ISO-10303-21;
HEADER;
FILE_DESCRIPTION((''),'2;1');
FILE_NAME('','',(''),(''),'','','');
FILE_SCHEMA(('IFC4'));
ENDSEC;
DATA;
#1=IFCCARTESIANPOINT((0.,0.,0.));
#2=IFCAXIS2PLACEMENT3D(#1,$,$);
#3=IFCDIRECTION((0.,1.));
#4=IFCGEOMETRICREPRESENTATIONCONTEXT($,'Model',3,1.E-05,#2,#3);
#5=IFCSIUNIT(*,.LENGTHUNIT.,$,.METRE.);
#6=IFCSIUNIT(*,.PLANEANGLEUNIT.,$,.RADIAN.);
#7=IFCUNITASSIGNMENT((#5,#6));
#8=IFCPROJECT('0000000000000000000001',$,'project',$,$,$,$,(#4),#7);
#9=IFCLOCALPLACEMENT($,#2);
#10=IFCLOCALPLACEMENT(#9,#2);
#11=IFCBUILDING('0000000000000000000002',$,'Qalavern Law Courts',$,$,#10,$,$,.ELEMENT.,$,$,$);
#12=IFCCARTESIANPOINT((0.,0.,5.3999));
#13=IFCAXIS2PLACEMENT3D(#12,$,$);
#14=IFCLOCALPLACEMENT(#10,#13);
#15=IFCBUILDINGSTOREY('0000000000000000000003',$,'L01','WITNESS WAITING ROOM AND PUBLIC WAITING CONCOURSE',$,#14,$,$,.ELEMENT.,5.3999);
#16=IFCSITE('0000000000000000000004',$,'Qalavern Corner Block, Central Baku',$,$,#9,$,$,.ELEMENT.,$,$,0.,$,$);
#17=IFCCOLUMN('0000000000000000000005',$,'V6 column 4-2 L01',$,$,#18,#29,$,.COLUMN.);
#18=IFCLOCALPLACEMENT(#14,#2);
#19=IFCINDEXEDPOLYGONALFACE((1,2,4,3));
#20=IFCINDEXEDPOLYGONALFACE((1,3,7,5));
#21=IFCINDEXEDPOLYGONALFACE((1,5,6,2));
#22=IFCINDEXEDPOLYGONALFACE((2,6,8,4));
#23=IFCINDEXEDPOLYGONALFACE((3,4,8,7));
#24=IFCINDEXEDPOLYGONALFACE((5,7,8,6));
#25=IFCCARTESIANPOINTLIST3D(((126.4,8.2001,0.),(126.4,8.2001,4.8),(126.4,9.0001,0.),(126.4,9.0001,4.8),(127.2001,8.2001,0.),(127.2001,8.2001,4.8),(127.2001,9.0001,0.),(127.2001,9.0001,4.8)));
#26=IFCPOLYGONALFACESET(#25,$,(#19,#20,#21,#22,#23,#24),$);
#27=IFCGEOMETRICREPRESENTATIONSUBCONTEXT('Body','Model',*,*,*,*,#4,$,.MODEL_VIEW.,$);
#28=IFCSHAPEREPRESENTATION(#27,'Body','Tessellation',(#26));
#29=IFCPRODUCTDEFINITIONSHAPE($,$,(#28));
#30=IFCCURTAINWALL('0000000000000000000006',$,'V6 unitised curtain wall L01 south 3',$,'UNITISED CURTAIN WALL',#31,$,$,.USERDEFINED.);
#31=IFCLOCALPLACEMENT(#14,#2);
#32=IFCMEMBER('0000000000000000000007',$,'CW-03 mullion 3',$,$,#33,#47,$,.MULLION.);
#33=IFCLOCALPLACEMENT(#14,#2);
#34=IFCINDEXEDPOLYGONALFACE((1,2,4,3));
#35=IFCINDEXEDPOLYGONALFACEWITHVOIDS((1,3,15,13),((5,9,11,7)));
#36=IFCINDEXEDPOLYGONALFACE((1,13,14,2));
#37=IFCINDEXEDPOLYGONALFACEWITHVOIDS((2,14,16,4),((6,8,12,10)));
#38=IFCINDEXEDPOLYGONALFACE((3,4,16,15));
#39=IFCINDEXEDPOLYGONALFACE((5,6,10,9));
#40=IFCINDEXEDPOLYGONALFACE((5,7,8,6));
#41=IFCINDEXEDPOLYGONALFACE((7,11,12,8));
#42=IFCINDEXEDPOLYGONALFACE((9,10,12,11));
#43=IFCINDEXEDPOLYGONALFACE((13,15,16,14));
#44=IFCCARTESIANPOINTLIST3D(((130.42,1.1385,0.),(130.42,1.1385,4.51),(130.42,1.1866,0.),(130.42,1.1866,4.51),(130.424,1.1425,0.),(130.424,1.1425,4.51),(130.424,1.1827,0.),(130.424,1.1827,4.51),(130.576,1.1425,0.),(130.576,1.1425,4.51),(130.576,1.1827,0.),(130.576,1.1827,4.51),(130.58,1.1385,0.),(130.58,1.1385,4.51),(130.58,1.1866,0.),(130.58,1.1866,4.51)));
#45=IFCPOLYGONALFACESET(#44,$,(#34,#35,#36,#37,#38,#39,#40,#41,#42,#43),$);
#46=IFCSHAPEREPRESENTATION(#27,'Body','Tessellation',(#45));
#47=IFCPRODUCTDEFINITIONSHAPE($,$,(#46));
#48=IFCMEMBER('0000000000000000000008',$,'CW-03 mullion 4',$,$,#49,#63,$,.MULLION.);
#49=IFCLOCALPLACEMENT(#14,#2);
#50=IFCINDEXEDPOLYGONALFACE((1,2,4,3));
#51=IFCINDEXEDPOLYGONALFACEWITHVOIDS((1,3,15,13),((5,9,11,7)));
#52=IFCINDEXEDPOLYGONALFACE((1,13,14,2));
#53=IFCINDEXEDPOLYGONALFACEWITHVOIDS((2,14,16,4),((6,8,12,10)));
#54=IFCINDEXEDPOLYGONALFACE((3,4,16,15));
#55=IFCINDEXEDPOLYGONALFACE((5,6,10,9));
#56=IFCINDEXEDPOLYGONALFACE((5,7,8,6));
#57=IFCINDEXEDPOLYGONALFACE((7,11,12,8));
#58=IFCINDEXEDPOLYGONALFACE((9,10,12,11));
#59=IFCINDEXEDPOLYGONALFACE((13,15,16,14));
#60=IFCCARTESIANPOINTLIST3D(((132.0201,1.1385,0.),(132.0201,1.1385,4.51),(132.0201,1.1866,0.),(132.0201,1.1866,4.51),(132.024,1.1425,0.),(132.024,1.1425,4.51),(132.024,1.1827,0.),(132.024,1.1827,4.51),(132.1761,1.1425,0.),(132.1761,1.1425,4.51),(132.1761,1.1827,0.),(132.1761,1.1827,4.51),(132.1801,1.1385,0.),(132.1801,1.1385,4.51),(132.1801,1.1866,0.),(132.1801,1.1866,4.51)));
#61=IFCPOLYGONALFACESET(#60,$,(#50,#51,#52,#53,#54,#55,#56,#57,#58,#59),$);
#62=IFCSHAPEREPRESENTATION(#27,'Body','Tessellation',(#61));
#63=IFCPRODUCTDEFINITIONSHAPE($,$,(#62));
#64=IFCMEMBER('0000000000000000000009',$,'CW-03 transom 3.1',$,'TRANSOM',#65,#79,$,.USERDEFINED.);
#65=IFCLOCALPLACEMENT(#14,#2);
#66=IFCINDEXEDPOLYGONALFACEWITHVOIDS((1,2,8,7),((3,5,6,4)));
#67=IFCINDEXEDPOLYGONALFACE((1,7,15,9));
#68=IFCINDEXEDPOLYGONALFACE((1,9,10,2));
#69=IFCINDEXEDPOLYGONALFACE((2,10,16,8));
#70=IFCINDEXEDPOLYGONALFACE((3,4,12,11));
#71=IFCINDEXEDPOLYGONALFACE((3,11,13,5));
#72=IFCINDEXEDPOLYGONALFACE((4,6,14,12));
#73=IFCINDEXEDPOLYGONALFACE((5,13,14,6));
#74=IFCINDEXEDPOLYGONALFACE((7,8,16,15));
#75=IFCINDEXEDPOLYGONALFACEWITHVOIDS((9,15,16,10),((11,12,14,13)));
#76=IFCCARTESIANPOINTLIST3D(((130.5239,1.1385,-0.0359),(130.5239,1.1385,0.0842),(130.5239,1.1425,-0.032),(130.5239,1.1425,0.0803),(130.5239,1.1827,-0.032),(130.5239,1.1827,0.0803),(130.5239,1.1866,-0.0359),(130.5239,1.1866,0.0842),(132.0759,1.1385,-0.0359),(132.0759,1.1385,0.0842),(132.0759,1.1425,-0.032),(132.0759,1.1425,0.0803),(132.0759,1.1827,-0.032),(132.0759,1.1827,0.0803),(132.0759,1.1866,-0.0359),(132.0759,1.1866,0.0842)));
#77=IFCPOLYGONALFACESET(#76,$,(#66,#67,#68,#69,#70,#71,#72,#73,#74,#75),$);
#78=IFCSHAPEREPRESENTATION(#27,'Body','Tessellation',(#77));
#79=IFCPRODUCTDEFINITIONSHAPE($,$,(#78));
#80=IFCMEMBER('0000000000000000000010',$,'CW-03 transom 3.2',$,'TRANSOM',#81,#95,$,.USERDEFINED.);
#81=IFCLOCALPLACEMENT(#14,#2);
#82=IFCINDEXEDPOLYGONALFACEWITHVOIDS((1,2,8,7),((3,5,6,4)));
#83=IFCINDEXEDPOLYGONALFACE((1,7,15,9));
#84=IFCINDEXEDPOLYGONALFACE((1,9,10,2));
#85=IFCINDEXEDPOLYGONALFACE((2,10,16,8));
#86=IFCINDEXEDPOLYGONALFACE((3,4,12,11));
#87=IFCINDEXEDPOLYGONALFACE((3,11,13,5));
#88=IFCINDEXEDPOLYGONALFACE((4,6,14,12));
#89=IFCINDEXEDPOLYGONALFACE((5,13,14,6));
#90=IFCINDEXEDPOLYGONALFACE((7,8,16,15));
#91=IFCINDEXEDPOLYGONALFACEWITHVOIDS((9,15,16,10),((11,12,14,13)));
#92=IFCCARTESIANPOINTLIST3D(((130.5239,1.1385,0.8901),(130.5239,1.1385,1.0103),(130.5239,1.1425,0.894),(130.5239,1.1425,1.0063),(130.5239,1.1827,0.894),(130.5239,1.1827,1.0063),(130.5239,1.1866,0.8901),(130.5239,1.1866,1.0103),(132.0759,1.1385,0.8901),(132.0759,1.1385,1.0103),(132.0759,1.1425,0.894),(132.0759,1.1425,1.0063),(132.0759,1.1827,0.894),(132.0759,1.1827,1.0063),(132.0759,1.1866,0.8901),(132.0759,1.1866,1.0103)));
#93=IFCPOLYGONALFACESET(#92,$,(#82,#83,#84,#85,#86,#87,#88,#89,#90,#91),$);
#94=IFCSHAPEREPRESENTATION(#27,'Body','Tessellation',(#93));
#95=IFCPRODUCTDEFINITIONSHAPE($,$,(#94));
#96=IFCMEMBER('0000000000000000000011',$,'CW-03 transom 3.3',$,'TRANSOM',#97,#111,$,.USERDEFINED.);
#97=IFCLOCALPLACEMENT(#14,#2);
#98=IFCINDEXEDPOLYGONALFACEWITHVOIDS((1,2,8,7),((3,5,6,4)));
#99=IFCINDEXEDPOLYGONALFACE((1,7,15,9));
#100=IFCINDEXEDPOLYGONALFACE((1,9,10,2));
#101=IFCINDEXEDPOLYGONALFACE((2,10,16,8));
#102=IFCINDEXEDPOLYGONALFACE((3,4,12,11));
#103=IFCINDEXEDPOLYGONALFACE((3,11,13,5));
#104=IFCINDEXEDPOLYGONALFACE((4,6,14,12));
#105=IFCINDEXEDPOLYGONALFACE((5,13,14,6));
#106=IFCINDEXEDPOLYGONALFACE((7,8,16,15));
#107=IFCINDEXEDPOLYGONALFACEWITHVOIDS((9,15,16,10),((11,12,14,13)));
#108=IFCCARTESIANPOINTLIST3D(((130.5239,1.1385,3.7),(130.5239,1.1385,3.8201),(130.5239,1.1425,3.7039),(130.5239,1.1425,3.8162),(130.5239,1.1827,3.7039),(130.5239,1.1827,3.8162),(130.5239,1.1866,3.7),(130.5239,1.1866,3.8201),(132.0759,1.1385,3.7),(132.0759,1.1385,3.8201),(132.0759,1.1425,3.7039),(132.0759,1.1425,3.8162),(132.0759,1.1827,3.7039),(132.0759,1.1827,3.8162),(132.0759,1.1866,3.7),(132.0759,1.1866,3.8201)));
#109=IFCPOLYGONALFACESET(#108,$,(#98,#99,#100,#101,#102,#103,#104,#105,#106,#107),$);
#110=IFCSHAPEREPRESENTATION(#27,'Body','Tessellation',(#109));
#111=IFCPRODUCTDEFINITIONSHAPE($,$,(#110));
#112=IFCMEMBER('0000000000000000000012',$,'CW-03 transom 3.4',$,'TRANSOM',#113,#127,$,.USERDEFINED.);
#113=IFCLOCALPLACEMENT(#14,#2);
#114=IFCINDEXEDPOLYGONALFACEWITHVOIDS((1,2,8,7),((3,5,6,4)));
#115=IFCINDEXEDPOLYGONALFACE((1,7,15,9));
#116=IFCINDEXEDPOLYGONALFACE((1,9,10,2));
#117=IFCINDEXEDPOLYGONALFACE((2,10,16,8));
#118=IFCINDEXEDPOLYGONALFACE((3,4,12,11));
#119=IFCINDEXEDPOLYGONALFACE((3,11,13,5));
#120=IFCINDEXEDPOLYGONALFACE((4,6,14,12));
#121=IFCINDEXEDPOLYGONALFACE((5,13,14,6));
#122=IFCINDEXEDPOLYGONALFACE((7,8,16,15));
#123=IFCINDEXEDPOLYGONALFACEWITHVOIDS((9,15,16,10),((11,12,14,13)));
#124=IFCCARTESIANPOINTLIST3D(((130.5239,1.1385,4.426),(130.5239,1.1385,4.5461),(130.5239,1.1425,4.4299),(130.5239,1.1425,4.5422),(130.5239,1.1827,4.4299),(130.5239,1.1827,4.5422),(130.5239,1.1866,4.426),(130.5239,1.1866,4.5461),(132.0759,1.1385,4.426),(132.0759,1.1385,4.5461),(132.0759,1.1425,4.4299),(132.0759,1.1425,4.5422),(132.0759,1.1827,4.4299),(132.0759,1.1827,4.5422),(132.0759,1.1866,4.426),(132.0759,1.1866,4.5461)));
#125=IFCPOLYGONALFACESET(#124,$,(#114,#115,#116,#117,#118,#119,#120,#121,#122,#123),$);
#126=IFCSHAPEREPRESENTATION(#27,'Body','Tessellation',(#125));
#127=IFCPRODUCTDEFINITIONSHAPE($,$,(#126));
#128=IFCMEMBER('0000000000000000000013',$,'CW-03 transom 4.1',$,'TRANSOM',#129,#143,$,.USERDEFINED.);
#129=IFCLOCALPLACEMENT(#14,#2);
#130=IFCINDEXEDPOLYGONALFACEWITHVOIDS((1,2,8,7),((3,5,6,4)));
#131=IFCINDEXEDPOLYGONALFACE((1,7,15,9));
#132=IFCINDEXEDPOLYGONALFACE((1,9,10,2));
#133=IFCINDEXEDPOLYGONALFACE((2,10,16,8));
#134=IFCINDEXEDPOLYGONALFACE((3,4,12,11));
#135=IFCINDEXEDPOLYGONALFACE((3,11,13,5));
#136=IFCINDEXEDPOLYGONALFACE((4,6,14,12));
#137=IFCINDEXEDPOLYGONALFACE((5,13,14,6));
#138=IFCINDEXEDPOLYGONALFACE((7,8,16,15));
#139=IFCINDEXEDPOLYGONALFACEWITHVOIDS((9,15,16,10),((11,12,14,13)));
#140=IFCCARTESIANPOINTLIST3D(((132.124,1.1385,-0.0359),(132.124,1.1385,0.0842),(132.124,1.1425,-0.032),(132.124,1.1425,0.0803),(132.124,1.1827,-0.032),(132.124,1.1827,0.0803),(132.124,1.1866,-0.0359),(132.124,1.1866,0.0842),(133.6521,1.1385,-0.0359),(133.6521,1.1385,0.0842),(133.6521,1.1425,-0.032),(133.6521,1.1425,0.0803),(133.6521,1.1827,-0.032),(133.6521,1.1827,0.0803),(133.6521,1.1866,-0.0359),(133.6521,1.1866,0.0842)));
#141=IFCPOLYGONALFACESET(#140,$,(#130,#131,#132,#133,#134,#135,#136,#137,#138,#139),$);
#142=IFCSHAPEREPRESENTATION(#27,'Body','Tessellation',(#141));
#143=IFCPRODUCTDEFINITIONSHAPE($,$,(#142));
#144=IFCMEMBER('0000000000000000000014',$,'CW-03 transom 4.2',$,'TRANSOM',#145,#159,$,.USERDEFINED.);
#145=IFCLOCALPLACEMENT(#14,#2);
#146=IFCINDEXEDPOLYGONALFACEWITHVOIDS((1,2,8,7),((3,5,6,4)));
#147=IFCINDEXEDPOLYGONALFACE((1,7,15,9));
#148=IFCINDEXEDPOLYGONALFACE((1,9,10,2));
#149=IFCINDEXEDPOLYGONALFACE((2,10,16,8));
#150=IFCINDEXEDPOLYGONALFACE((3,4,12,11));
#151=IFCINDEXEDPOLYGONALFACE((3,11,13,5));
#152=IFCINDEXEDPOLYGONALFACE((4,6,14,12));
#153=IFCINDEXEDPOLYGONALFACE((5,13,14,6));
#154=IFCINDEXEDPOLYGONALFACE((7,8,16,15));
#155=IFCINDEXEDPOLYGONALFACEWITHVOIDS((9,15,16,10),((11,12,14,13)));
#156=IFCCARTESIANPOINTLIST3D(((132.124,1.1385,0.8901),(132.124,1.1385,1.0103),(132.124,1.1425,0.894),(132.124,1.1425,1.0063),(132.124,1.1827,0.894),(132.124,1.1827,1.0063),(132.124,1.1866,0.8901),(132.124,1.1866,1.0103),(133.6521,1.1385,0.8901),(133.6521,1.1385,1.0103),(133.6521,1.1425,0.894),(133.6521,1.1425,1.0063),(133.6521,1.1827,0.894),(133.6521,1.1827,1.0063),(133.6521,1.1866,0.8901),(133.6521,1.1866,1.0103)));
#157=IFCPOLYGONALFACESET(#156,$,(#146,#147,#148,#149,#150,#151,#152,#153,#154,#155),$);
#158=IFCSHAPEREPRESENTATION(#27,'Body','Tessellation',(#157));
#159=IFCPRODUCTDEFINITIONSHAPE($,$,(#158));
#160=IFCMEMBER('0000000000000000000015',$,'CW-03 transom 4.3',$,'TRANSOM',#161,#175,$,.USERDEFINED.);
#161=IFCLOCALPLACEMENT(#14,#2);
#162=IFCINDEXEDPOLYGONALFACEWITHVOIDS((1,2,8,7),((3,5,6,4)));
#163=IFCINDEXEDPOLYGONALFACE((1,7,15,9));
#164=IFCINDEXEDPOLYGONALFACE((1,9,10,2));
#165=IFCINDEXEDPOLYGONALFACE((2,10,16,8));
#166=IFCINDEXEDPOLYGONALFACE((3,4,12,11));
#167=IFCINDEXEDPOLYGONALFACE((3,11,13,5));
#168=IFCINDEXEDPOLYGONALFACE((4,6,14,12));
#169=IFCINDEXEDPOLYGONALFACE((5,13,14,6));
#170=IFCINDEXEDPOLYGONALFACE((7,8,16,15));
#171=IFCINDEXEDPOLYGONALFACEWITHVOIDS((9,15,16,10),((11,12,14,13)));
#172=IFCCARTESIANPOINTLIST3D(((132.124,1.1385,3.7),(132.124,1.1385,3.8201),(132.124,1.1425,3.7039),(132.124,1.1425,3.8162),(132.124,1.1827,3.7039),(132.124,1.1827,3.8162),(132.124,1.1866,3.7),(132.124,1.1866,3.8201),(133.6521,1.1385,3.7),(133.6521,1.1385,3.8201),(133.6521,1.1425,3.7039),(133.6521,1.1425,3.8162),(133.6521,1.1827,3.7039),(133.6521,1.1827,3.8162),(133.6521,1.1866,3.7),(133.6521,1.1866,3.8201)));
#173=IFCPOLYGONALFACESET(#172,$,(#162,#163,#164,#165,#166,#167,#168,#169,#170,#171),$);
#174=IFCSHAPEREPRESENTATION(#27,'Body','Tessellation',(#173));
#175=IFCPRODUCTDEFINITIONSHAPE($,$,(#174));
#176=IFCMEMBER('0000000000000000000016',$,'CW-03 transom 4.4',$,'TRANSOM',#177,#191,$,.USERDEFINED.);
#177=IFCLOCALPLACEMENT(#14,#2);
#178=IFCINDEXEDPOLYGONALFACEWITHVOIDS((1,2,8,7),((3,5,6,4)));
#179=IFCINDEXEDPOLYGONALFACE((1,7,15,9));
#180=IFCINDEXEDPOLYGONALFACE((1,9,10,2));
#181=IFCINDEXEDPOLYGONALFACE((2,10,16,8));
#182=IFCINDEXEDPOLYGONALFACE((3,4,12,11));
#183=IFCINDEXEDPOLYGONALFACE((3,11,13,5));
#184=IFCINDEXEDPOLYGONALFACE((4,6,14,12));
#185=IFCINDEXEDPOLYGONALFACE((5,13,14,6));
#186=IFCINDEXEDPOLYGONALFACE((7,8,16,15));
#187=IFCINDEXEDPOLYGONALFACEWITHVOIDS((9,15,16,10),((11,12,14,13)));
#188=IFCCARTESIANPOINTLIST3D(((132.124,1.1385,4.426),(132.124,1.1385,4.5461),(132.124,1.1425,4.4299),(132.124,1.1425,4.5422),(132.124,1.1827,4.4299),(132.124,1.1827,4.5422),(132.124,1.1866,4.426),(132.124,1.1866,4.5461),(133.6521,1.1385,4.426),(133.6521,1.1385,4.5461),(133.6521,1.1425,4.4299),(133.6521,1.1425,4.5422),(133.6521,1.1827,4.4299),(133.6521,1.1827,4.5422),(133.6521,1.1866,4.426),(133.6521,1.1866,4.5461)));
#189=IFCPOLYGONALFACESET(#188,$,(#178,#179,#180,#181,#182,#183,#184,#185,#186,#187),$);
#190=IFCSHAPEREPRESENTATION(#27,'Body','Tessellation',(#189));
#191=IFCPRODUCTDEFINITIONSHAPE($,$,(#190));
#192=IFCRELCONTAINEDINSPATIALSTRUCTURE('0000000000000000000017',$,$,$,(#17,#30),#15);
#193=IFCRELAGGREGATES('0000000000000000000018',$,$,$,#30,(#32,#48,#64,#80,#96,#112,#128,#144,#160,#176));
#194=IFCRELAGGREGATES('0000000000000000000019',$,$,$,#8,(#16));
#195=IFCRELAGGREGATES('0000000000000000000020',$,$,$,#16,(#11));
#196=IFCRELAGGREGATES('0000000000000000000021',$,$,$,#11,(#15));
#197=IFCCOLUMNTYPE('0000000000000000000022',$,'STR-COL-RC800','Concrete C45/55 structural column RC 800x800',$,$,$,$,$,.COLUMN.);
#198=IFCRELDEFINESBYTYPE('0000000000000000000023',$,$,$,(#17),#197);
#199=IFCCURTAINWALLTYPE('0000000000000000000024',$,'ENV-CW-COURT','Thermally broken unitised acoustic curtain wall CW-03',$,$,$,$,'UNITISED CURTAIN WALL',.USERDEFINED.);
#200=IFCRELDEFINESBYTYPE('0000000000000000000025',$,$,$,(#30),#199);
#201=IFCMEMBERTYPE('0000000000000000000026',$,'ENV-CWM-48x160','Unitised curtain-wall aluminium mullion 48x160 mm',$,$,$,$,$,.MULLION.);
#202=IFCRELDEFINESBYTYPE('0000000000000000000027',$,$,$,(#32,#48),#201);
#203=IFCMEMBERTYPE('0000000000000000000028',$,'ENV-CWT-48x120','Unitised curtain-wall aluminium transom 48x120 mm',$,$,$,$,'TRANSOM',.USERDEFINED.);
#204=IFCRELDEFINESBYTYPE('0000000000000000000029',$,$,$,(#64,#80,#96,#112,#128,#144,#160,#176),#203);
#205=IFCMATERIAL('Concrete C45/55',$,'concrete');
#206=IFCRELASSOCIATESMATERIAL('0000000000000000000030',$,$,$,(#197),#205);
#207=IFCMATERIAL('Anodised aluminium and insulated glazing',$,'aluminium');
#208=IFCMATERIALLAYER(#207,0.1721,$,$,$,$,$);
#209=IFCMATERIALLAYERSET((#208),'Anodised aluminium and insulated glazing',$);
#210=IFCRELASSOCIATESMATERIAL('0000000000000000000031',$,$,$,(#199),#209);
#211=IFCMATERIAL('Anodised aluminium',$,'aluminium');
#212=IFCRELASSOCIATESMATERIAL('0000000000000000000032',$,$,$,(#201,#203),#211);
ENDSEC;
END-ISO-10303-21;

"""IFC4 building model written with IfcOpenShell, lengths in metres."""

from ifc_helpers import new_model, si_unit, direction, frame, origin, origin_2d, place, context, subcontext, project, spatial, rectangle, hollow_rectangle, extrude, material, layer, layer_set, material_profile, profile_set, type_object, element, aggregate, save


model = new_model("IFC4")

# Units and contexts
model_context = context("Model", 3, precision=1e-05, world=origin(), true_north=direction((0.0, 1.0)))
body_context = subcontext(model_context, "Body", "Model", "MODEL_VIEW")
ifc_project = project(units=[si_unit("LENGTHUNIT", "METRE"), si_unit("PLANEANGLEUNIT", "RADIAN")], contexts=[model_context])

# Site, building, storey
site_placement = place(None, origin())
site = spatial("IfcSite", under=ifc_project, at=site_placement, Name="Qalavern Corner Block, Central Baku", CompositionType="ELEMENT", RefElevation=0.0)
building_placement = place(site_placement, origin())
building = spatial("IfcBuilding", under=site, at=building_placement, Name="Qalavern Law Courts", CompositionType="ELEMENT")
storey_placement = place(building_placement, frame((0.0, 0.0, 5.3999)))
storey = spatial("IfcBuildingStorey", under=building, at=storey_placement, Name="L01", Description="WITNESS WAITING ROOM AND PUBLIC WAITING CONCOURSE", CompositionType="ELEMENT", Elevation=5.3999)

# Column
ifc_material_1 = material(Name="Concrete C45/55", Category="concrete")
ifc_material_profile_1 = material_profile(ifc_material_1, rectangle(XDim=0.8, YDim=0.8, at=origin_2d()), Name="RC 800x800")
ifc_profile_set_1 = profile_set([ifc_material_profile_1], Name="Concrete C45/55")
column_type = type_object("IfcColumnType", Name="STR-COL-RC800", Description="Concrete C45/55 structural column RC 800x800", PredefinedType="COLUMN", material=ifc_profile_set_1)
column_placement = place(storey_placement, frame((126.8, 8.6001, 0.0), z_axis=(0.0, 0.0, 1.0), x_axis=(1.0, 0.0, 0.0)))
element("IfcColumn", 1, at=column_placement, inside=storey, type_object=column_type, Name="V6 column 4-2 L01", PredefinedType="COLUMN", context=body_context, shape_type="SweptSolid", body=[
    extrude(rectangle(XDim=0.8, YDim=0.8, at=origin_2d()), origin(), (0.0, 0.0, 1.0), 4.8),
])

# Curtain wall, members
ifc_material_2 = material(Name="Anodised aluminium and insulated glazing", Category="aluminium")
ifc_layer_1 = layer(ifc_material_2, 0.1721)
ifc_layer_set_1 = layer_set([ifc_layer_1], Name="Anodised aluminium and insulated glazing")
curtain_wall_type = type_object("IfcCurtainWallType", Name="ENV-CW-COURT", Description="Thermally broken unitised acoustic curtain wall CW-03", ElementType="UNITISED CURTAIN WALL", PredefinedType="USERDEFINED", material=ifc_layer_set_1)
curtain_wall_placement = place(storey_placement, origin())
curtain_wall = element("IfcCurtainWall", 2, at=curtain_wall_placement, inside=storey, type_object=curtain_wall_type, Name="V6 unitised curtain wall L01 south 3", ObjectType="UNITISED CURTAIN WALL", PredefinedType="USERDEFINED")
ifc_material_3 = material(Name="Anodised aluminium", Category="aluminium")
ifc_material_profile_2 = material_profile(ifc_material_3, hollow_rectangle(XDim=0.0481, YDim=0.1599, WallThickness=0.0039, at=origin_2d()), Name="ALU MULLION 48x160")
ifc_profile_set_2 = profile_set([ifc_material_profile_2], Name="Anodised aluminium")
member_type_1 = type_object("IfcMemberType", Name="ENV-CWM-48x160", Description="Unitised curtain-wall aluminium mullion 48x160 mm", PredefinedType="MULLION", material=ifc_profile_set_2)
member_1_placement = place(storey_placement, frame((130.5, 1.1626, 0.0), z_axis=(0.0, 0.0, 1.0), x_axis=(0.0, 1.0, 0.0)))
member_1 = element("IfcMember", 3, at=member_1_placement, type_object=member_type_1, Name="CW-03 mullion 3", PredefinedType="MULLION", context=body_context, shape_type="SweptSolid", body=[
    extrude(hollow_rectangle(XDim=0.0481, YDim=0.1599, WallThickness=0.0039, at=origin_2d()), origin(), (0.0, 0.0, 1.0), 4.51),
])
member_2_placement = place(storey_placement, frame((132.1001, 1.1626, 0.0), z_axis=(0.0, 0.0, 1.0), x_axis=(0.0, 1.0, 0.0)))
member_2 = element("IfcMember", 4, at=member_2_placement, type_object=member_type_1, Name="CW-03 mullion 4", PredefinedType="MULLION", context=body_context, shape_type="SweptSolid", body=[
    extrude(hollow_rectangle(XDim=0.0481, YDim=0.1599, WallThickness=0.0039, at=origin_2d()), origin(), (0.0, 0.0, 1.0), 4.51),
])
ifc_material_profile_3 = material_profile(ifc_material_3, hollow_rectangle(XDim=0.0481, YDim=0.1201, WallThickness=0.0039, at=origin_2d()), Name="ALU TRANSOM 48x120")
ifc_profile_set_3 = profile_set([ifc_material_profile_3], Name="Anodised aluminium")
member_type_2 = type_object("IfcMemberType", Name="ENV-CWT-48x120", Description="Unitised curtain-wall aluminium transom 48x120 mm", ElementType="TRANSOM", PredefinedType="USERDEFINED", material=ifc_profile_set_3)
member_3_placement = place(storey_placement, frame((130.5239, 1.1626, 0.0242), z_axis=(1.0, 0.0, 0.0), x_axis=(0.0, 1.0, 0.0)))
member_3 = element("IfcMember", 5, at=member_3_placement, type_object=member_type_2, Name="CW-03 transom 3.1", ObjectType="TRANSOM", PredefinedType="USERDEFINED", context=body_context, shape_type="SweptSolid", body=[
    extrude(hollow_rectangle(XDim=0.0481, YDim=0.1201, WallThickness=0.0039, at=origin_2d()), origin(), (0.0, 0.0, 1.0), 1.552),
])
member_4_placement = place(storey_placement, frame((130.5239, 1.1626, 0.9502), z_axis=(1.0, 0.0, 0.0), x_axis=(0.0, 1.0, 0.0)))
member_4 = element("IfcMember", 6, at=member_4_placement, type_object=member_type_2, Name="CW-03 transom 3.2", ObjectType="TRANSOM", PredefinedType="USERDEFINED", context=body_context, shape_type="SweptSolid", body=[
    extrude(hollow_rectangle(XDim=0.0481, YDim=0.1201, WallThickness=0.0039, at=origin_2d()), origin(), (0.0, 0.0, 1.0), 1.552),
])
member_5_placement = place(storey_placement, frame((130.5239, 1.1626, 3.76), z_axis=(1.0, 0.0, 0.0), x_axis=(0.0, 1.0, 0.0)))
member_5 = element("IfcMember", 7, at=member_5_placement, type_object=member_type_2, Name="CW-03 transom 3.3", ObjectType="TRANSOM", PredefinedType="USERDEFINED", context=body_context, shape_type="SweptSolid", body=[
    extrude(hollow_rectangle(XDim=0.0481, YDim=0.1201, WallThickness=0.0039, at=origin_2d()), origin(), (0.0, 0.0, 1.0), 1.552),
])
member_6_placement = place(storey_placement, frame((130.5239, 1.1626, 4.4861), z_axis=(1.0, 0.0, 0.0), x_axis=(0.0, 1.0, 0.0)))
member_6 = element("IfcMember", 8, at=member_6_placement, type_object=member_type_2, Name="CW-03 transom 3.4", ObjectType="TRANSOM", PredefinedType="USERDEFINED", context=body_context, shape_type="SweptSolid", body=[
    extrude(hollow_rectangle(XDim=0.0481, YDim=0.1201, WallThickness=0.0039, at=origin_2d()), origin(), (0.0, 0.0, 1.0), 1.552),
])
member_7_placement = place(storey_placement, frame((132.124, 1.1626, 0.0242), z_axis=(1.0, 0.0, 0.0), x_axis=(0.0, 1.0, 0.0)))
member_7 = element("IfcMember", 9, at=member_7_placement, type_object=member_type_2, Name="CW-03 transom 4.1", ObjectType="TRANSOM", PredefinedType="USERDEFINED", context=body_context, shape_type="SweptSolid", body=[
    extrude(hollow_rectangle(XDim=0.0481, YDim=0.1201, WallThickness=0.0039, at=origin_2d()), origin(), (0.0, 0.0, 1.0), 1.5281),
])
member_8_placement = place(storey_placement, frame((132.124, 1.1626, 0.9502), z_axis=(1.0, 0.0, 0.0), x_axis=(0.0, 1.0, 0.0)))
member_8 = element("IfcMember", 10, at=member_8_placement, type_object=member_type_2, Name="CW-03 transom 4.2", ObjectType="TRANSOM", PredefinedType="USERDEFINED", context=body_context, shape_type="SweptSolid", body=[
    extrude(hollow_rectangle(XDim=0.0481, YDim=0.1201, WallThickness=0.0039, at=origin_2d()), origin(), (0.0, 0.0, 1.0), 1.5281),
])
member_9_placement = place(storey_placement, frame((132.124, 1.1626, 3.76), z_axis=(1.0, 0.0, 0.0), x_axis=(0.0, 1.0, 0.0)))
member_9 = element("IfcMember", 11, at=member_9_placement, type_object=member_type_2, Name="CW-03 transom 4.3", ObjectType="TRANSOM", PredefinedType="USERDEFINED", context=body_context, shape_type="SweptSolid", body=[
    extrude(hollow_rectangle(XDim=0.0481, YDim=0.1201, WallThickness=0.0039, at=origin_2d()), origin(), (0.0, 0.0, 1.0), 1.5281),
])
member_10_placement = place(storey_placement, frame((132.124, 1.1626, 4.4861), z_axis=(1.0, 0.0, 0.0), x_axis=(0.0, 1.0, 0.0)))
member_10 = element("IfcMember", 12, at=member_10_placement, type_object=member_type_2, Name="CW-03 transom 4.4", ObjectType="TRANSOM", PredefinedType="USERDEFINED", context=body_context, shape_type="SweptSolid", body=[
    extrude(hollow_rectangle(XDim=0.0481, YDim=0.1201, WallThickness=0.0039, at=origin_2d()), origin(), (0.0, 0.0, 1.0), 1.5281),
])

aggregate(curtain_wall, [member_1, member_2, member_3, member_4, member_5, member_6, member_7, member_8, member_9, member_10])

save(model, "model.ifc")
